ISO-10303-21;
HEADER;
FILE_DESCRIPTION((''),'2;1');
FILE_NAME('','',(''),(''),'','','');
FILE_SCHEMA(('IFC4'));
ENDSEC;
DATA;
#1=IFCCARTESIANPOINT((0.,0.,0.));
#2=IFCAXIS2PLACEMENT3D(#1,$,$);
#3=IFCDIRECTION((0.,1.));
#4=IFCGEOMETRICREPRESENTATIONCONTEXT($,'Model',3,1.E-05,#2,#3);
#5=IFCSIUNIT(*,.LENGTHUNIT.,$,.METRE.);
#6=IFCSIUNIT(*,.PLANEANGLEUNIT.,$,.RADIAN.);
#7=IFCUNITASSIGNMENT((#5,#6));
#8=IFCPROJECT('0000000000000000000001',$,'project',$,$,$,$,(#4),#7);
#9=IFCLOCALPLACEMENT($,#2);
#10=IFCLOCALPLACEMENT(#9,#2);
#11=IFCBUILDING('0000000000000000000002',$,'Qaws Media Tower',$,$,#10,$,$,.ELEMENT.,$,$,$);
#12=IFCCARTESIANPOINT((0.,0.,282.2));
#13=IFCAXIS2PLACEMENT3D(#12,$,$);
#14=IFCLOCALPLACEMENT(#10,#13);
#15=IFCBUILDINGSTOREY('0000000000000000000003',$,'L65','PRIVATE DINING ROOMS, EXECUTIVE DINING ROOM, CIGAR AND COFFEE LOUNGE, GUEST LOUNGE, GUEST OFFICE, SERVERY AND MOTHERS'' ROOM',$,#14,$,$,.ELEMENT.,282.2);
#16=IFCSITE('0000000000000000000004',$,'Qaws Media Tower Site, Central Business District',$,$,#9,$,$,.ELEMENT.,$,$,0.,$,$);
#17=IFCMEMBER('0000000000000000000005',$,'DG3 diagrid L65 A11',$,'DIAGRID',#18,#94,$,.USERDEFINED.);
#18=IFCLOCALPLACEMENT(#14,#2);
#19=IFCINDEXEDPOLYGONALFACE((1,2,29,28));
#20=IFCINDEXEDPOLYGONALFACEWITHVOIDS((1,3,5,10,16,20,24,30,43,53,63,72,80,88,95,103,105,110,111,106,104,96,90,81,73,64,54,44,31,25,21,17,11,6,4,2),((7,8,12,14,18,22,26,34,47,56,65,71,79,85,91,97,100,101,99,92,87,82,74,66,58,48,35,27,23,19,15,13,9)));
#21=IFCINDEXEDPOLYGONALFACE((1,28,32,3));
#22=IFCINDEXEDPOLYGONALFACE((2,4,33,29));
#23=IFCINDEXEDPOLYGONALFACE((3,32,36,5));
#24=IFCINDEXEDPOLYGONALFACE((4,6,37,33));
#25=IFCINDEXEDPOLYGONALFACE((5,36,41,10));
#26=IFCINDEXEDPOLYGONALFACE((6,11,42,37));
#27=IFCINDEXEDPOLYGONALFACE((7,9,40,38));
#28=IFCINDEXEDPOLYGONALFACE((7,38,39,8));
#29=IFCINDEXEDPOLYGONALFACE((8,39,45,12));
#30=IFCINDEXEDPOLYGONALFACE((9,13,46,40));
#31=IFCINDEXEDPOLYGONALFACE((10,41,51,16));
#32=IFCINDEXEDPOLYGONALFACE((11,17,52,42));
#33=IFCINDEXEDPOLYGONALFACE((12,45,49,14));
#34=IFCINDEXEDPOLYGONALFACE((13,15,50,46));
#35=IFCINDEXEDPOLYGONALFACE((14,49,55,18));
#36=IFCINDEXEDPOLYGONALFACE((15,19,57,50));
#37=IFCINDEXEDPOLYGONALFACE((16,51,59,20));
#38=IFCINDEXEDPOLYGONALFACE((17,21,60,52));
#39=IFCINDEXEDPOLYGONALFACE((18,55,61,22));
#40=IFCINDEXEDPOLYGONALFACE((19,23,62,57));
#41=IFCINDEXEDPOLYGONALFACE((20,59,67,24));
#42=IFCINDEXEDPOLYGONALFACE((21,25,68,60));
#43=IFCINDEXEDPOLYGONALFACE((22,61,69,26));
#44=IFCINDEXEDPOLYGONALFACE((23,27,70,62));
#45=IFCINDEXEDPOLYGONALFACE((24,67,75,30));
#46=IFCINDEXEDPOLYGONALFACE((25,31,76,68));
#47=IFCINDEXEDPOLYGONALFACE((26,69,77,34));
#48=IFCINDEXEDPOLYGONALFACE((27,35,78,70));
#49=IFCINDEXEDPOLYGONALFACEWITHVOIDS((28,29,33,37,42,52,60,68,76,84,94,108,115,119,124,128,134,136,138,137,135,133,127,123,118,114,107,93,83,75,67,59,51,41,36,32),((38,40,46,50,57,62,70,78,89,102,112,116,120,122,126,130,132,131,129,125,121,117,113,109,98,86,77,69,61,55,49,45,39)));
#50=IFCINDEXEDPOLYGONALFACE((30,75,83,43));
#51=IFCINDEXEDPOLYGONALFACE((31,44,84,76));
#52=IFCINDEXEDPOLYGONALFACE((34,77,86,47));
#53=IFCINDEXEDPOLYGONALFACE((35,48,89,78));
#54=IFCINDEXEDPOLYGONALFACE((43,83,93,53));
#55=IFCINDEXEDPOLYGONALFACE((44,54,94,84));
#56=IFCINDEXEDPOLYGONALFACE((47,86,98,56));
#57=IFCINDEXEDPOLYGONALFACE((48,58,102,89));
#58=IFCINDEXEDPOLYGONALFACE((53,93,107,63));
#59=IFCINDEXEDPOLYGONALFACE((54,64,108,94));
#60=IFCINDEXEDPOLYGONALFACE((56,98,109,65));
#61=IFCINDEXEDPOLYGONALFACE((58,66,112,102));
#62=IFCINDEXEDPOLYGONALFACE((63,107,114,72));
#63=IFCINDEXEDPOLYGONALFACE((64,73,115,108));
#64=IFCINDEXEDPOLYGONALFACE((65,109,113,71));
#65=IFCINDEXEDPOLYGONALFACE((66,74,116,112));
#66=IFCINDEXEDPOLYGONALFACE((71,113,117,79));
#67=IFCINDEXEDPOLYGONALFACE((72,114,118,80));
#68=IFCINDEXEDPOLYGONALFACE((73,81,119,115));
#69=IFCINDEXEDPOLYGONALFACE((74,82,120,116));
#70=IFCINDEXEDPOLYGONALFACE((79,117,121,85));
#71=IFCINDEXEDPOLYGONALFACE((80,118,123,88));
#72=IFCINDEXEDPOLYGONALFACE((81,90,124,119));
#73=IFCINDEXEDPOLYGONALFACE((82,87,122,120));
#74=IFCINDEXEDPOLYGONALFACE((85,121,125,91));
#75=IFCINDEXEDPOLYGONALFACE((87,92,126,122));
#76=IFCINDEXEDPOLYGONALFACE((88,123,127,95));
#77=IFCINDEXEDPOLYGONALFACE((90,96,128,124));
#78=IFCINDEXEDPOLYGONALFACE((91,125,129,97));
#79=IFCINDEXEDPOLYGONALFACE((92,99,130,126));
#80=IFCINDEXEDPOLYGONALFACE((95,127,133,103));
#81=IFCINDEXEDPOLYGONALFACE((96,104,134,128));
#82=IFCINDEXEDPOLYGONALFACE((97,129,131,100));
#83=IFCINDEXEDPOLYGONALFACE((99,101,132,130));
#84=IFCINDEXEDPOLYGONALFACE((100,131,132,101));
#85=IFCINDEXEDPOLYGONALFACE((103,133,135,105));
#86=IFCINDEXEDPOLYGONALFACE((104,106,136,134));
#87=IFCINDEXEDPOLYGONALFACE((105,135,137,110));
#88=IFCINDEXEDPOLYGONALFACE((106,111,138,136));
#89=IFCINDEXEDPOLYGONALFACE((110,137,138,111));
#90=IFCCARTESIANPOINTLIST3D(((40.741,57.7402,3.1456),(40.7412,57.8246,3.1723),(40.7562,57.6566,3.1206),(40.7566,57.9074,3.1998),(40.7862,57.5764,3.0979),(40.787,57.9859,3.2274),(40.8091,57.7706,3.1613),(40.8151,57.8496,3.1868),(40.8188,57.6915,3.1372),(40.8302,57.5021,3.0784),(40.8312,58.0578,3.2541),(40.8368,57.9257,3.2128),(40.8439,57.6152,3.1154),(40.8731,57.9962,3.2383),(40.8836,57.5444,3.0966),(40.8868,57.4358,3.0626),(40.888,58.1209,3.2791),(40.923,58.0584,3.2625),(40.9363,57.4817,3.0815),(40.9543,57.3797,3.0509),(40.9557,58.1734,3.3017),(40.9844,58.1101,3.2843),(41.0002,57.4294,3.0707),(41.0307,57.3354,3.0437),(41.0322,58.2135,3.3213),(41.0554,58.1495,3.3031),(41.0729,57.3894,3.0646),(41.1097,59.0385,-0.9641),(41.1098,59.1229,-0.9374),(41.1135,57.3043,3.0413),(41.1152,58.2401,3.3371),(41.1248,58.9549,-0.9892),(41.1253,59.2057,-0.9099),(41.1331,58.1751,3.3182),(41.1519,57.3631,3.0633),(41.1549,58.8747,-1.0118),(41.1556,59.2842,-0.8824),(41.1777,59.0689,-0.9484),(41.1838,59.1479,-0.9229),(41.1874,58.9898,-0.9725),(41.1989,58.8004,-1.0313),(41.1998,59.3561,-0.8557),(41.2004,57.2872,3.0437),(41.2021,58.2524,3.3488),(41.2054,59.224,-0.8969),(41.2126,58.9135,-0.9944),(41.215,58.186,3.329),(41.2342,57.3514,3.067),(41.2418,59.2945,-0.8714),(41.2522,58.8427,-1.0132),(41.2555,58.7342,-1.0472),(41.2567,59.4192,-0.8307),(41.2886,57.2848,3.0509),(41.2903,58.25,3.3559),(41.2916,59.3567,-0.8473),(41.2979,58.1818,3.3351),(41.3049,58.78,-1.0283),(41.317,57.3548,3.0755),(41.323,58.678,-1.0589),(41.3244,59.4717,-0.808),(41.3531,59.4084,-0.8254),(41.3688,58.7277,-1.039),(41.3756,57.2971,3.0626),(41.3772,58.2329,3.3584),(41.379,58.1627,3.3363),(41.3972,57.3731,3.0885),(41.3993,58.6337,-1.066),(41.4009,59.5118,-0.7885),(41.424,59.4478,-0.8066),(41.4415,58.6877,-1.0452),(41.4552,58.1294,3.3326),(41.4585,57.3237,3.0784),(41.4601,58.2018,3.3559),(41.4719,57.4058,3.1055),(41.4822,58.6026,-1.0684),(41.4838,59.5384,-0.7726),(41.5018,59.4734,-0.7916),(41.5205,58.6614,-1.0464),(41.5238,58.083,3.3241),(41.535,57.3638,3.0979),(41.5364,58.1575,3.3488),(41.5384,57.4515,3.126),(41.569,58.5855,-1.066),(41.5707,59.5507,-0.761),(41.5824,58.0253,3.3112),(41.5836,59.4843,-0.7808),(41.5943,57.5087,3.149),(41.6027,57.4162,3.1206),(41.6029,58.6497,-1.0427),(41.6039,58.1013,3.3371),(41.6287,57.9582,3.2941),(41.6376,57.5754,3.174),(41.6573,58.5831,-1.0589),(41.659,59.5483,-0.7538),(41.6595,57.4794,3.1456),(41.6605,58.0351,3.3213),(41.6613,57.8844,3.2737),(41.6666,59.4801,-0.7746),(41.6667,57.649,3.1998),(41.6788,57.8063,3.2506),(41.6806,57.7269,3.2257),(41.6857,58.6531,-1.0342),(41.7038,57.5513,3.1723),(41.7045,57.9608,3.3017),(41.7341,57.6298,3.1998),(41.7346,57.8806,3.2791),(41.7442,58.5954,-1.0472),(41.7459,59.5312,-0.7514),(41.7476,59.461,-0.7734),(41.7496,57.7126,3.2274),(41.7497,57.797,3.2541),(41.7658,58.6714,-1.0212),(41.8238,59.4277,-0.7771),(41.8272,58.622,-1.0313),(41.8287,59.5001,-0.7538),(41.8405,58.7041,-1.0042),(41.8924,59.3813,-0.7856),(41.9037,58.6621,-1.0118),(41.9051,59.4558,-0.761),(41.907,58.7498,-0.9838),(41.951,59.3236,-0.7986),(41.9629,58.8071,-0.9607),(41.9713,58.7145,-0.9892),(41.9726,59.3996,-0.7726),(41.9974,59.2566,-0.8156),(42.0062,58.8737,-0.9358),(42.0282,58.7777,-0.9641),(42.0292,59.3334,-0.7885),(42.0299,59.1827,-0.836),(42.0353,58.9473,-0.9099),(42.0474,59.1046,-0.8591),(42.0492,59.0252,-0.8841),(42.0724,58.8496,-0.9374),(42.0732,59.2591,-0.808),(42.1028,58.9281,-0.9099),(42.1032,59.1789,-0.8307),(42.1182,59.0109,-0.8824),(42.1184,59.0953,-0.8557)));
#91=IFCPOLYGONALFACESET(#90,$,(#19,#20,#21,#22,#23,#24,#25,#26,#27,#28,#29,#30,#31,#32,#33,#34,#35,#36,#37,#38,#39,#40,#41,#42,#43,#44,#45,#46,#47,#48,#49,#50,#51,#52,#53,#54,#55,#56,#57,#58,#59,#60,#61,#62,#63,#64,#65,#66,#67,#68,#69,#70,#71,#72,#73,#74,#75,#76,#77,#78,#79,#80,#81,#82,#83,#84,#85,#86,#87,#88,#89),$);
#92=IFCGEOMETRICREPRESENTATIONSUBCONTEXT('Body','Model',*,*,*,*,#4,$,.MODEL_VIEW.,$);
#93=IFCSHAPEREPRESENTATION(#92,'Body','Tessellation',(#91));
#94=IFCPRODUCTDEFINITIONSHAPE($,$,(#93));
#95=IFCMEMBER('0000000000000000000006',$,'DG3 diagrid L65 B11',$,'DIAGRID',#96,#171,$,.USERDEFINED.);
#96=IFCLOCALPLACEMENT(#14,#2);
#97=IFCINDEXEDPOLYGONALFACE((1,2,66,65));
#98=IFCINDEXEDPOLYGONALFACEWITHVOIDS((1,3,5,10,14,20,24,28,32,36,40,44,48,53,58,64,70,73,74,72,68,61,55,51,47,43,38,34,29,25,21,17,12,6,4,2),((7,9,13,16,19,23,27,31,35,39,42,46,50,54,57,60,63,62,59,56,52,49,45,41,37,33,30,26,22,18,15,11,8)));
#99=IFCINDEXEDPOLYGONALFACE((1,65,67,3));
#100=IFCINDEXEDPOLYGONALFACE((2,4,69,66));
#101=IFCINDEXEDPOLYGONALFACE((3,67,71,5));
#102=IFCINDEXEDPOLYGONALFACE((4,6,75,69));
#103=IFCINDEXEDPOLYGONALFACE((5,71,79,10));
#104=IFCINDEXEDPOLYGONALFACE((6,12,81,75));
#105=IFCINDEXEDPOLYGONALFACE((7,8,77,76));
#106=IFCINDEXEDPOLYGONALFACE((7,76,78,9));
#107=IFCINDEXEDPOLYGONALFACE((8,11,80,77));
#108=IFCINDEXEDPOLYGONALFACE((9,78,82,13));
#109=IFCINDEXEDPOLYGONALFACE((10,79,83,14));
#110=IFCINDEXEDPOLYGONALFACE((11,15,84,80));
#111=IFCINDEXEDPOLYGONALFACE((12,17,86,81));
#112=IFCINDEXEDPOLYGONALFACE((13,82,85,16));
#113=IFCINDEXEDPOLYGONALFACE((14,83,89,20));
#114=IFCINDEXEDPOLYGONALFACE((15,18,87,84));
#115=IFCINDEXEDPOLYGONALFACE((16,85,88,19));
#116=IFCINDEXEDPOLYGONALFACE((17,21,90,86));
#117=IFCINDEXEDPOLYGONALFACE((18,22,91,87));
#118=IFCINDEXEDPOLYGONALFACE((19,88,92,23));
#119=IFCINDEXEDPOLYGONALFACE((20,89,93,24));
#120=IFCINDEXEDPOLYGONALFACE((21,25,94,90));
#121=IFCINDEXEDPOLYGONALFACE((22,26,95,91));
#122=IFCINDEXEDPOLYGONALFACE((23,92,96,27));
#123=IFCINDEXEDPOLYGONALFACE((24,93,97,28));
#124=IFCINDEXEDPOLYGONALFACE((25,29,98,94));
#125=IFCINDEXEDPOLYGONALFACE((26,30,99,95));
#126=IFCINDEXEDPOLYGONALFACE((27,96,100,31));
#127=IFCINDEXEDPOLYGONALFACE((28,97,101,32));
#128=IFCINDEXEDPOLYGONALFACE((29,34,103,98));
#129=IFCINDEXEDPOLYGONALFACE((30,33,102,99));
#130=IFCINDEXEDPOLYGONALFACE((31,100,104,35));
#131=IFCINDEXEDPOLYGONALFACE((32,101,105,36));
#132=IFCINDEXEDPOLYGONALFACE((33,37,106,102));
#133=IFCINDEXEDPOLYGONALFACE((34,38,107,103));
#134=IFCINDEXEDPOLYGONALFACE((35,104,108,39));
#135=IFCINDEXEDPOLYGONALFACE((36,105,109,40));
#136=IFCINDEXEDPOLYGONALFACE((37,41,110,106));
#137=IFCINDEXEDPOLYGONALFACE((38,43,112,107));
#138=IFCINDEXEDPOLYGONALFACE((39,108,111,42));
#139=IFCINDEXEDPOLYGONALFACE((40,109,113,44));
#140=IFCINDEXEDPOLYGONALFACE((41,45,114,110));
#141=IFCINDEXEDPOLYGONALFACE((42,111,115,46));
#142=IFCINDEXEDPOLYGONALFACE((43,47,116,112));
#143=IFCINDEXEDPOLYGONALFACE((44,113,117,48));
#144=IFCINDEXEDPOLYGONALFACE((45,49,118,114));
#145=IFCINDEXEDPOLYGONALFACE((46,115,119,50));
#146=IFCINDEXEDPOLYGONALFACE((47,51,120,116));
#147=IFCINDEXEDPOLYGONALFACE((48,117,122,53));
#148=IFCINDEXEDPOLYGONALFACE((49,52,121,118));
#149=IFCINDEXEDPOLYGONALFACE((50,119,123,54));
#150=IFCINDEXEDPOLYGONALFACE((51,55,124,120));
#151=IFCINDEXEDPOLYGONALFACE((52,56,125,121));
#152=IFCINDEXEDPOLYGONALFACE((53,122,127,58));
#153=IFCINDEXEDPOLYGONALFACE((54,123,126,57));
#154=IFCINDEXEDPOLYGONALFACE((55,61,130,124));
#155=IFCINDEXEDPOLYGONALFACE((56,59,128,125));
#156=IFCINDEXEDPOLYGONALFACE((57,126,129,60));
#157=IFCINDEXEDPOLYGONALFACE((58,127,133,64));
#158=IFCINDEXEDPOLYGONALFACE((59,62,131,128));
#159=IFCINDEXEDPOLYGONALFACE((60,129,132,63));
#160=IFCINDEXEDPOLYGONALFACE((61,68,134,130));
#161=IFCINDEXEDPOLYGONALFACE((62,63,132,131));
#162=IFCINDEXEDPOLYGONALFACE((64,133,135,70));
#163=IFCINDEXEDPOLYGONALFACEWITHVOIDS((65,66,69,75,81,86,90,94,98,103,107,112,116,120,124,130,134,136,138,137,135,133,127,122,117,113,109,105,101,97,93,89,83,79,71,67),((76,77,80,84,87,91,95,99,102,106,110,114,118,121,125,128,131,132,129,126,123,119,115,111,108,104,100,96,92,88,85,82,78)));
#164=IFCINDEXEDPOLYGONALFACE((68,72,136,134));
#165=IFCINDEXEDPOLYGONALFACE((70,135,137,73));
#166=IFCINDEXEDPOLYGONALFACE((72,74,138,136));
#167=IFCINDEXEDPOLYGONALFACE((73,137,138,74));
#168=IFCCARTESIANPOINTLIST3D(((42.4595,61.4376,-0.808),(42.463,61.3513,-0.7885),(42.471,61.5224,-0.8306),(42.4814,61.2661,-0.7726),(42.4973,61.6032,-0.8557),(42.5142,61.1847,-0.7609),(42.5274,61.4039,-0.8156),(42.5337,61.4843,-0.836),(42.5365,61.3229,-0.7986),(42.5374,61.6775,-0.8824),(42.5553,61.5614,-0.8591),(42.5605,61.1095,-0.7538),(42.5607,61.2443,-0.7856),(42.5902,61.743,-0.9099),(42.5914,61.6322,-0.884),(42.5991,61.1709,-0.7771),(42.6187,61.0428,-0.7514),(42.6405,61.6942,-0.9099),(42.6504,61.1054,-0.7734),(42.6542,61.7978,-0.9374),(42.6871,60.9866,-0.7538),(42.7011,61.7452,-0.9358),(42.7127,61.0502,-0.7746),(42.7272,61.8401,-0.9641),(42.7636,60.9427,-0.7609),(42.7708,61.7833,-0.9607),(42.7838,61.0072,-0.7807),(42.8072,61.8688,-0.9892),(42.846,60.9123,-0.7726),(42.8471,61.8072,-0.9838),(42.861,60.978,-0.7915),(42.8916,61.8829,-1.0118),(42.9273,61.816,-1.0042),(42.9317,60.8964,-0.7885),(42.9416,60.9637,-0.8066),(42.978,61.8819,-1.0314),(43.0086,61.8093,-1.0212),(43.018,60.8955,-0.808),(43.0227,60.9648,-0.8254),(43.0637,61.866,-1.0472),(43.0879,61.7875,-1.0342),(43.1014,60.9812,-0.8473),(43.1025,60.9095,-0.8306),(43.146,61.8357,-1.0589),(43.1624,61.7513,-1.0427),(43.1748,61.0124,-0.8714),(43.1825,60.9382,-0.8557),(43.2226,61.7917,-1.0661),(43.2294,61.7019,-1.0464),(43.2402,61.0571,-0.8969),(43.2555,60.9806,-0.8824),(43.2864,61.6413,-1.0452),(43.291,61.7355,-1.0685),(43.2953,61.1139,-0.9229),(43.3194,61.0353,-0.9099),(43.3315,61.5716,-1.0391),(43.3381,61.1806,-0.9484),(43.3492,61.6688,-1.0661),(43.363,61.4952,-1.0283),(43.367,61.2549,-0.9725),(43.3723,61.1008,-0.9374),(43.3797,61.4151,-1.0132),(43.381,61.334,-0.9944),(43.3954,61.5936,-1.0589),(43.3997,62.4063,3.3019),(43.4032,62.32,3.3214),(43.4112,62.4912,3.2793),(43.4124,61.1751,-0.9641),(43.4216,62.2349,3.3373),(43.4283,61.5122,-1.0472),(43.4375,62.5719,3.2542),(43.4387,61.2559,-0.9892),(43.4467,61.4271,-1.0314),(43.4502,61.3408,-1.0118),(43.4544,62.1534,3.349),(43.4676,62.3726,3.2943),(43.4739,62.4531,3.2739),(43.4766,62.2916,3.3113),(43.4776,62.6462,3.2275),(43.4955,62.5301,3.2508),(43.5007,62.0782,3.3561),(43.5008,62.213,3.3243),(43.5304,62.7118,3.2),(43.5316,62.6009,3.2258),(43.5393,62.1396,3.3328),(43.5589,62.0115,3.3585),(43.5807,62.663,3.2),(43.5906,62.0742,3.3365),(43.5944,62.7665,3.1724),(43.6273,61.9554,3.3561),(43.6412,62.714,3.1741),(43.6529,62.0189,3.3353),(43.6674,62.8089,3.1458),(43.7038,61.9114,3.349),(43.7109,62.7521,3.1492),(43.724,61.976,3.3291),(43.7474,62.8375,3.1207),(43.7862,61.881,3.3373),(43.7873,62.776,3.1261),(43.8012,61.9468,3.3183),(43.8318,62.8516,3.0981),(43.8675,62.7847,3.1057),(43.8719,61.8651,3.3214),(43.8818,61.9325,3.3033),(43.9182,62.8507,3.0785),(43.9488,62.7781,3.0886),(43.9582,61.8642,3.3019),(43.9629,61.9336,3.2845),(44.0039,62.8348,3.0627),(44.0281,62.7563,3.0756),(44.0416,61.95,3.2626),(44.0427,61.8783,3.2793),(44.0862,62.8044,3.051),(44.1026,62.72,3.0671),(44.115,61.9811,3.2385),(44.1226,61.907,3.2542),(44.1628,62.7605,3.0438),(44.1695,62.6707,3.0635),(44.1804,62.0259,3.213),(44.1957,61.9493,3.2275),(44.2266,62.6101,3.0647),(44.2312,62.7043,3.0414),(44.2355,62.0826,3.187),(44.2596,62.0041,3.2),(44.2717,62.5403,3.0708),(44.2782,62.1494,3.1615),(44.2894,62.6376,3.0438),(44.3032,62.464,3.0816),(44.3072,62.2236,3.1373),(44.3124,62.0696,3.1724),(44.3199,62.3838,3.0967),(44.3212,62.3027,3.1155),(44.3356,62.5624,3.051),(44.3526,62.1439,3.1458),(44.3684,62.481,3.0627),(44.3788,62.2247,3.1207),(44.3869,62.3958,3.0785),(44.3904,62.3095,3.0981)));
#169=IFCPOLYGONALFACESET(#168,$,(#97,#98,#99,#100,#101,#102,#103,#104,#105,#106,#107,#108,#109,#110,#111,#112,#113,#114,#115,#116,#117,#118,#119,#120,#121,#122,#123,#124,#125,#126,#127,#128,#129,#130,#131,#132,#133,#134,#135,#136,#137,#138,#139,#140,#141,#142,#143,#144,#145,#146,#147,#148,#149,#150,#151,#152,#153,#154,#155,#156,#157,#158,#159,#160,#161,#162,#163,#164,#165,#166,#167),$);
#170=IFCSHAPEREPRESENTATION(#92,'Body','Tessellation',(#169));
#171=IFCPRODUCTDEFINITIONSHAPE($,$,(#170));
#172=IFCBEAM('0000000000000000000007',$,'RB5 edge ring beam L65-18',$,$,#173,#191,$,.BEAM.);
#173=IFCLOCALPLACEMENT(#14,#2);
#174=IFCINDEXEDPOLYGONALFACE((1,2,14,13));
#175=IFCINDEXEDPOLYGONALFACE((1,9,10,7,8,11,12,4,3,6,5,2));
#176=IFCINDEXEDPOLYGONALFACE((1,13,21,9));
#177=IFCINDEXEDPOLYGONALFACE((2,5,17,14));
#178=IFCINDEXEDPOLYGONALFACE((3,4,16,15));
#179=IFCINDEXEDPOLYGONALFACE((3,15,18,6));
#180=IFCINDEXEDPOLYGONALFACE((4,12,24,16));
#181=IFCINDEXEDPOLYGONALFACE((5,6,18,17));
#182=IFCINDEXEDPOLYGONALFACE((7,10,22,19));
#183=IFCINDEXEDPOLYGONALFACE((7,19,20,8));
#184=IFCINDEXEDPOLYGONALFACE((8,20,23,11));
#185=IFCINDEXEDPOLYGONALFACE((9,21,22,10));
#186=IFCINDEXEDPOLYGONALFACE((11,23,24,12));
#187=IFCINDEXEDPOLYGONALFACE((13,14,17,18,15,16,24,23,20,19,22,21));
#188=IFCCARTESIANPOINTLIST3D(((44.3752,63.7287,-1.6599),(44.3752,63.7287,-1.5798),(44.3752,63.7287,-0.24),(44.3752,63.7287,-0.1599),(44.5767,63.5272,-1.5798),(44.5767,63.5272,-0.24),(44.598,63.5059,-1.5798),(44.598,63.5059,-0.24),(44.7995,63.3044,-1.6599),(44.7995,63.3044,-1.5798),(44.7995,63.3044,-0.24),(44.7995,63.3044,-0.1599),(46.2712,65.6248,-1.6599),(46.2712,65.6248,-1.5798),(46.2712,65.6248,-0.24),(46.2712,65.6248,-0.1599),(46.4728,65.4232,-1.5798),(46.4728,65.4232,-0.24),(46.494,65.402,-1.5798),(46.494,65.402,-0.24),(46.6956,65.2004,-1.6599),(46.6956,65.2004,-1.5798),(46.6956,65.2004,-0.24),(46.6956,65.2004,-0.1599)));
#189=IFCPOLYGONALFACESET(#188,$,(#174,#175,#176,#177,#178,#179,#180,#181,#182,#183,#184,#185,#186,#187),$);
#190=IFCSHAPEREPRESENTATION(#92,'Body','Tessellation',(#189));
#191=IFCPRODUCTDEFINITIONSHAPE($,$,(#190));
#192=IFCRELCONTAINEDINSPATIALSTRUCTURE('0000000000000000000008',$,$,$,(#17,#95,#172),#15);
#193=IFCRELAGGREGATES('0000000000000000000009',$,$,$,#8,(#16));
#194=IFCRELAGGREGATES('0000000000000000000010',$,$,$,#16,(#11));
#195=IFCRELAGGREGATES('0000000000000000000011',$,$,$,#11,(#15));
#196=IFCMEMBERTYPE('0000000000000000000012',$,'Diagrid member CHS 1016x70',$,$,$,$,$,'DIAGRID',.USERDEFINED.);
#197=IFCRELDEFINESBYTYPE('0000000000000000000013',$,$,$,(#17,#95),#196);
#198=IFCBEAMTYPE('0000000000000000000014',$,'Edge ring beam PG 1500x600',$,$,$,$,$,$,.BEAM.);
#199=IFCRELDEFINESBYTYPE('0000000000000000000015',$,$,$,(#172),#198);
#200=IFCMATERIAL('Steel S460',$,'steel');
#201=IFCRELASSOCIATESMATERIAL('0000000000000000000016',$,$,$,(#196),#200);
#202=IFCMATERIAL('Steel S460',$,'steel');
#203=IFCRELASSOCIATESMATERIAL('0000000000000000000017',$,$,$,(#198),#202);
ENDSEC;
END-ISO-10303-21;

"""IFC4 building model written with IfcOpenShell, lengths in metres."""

from ifc_helpers import new_model, si_unit, direction, frame, origin, origin_2d, place, context, subcontext, project, spatial, hollow_circle, i_section, extrude, material, material_profile, profile_set, type_object, element, save


model = new_model("IFC4")

# Units and contexts
model_context = context("Model", 3, precision=1e-05, world=origin(), true_north=direction((0.0, 1.0)))
body_context = subcontext(model_context, "Body", "Model", "MODEL_VIEW")
ifc_project = project(units=[si_unit("LENGTHUNIT", "METRE"), si_unit("PLANEANGLEUNIT", "RADIAN")], contexts=[model_context])

# Site, building, storey
site_placement = place(None, origin())
site = spatial("IfcSite", under=ifc_project, at=site_placement, Name="Qaws Media Tower Site, Central Business District", CompositionType="ELEMENT", RefElevation=0.0)
building_placement = place(site_placement, origin())
building = spatial("IfcBuilding", under=site, at=building_placement, Name="Qaws Media Tower", CompositionType="ELEMENT")
storey_placement = place(building_placement, frame((0.0, 0.0, 282.2)))
storey = spatial("IfcBuildingStorey", under=building, at=storey_placement, Name="L65", Description="PRIVATE DINING ROOMS, EXECUTIVE DINING ROOM, CIGAR AND COFFEE LOUNGE, GUEST LOUNGE, GUEST OFFICE, SERVERY AND MOTHERS' ROOM", CompositionType="ELEMENT", Elevation=282.2)

# Members
ifc_material_1 = material(Name="Steel S460", Category="steel")
ifc_material_profile_1 = material_profile(ifc_material_1, hollow_circle(Radius=0.5081, WallThickness=0.0701, at=origin_2d()), Name="CHS 1016x70")
ifc_profile_set_1 = profile_set([ifc_material_profile_1], Name="Steel S460")
member_type_1 = type_object("IfcMemberType", Name="Diagrid member CHS 1016x70", ElementType="DIAGRID", PredefinedType="USERDEFINED", material=ifc_profile_set_1)
member_1_placement = place(storey_placement, frame((41.614, 59.0669, -0.9099), z_axis=(-0.085222, -0.300138, 0.950081), x_axis=(0.961973, -0.273144, 0.0)))
element("IfcMember", 1, at=member_1_placement, inside=storey, type_object=member_type_1, Name="DG3 diagrid L65 A11", ObjectType="DIAGRID", PredefinedType="USERDEFINED", context=body_context, shape_type="SweptSolid", body=[
    extrude(hollow_circle(Radius=0.5081, WallThickness=0.0701, at=origin_2d()), origin(), (0.0, 0.0, 1.0), 4.3257),
])
member_2_placement = place(storey_placement, frame((42.9548, 61.3892, -0.9099), z_axis=(0.217339, 0.223942, 0.95006), x_axis=(-0.717607, 0.696448, 0.0)))
element("IfcMember", 2, at=member_2_placement, inside=storey, type_object=member_type_1, Name="DG3 diagrid L65 B11", ObjectType="DIAGRID", PredefinedType="USERDEFINED", context=body_context, shape_type="SweptSolid", body=[
    extrude(hollow_circle(Radius=0.5081, WallThickness=0.0701, at=origin_2d()), origin(), (0.0, 0.0, 1.0), 4.3259),
])

# Beam
ifc_material_2 = material(Name="Steel S460", Category="steel")
ifc_material_profile_2 = material_profile(ifc_material_2, i_section(OverallWidth=0.6001, OverallDepth=1.5, WebThickness=0.03, FlangeThickness=0.0801, at=origin_2d()), Name="PG 1500x600")
ifc_profile_set_2 = profile_set([ifc_material_profile_2], Name="Steel S460")
beam_type = type_object("IfcBeamType", Name="Edge ring beam PG 1500x600", PredefinedType="BEAM", material=ifc_profile_set_2)
beam_1_placement = place(storey_placement, frame((46.4834, 65.4126, -0.9099), z_axis=(-0.707107, -0.707107, 0.0), x_axis=(0.707107, -0.707107, 0.0)))
element("IfcBeam", 3, at=beam_1_placement, inside=storey, type_object=beam_type, Name="RB5 edge ring beam L65-18", PredefinedType="BEAM", context=body_context, shape_type="SweptSolid", body=[
    extrude(i_section(OverallWidth=0.6001, OverallDepth=1.5, WebThickness=0.03, FlangeThickness=0.0801, at=origin_2d()), origin(), (0.0, 0.0, 1.0), 2.6814),
])

save(model, "model.ifc")
